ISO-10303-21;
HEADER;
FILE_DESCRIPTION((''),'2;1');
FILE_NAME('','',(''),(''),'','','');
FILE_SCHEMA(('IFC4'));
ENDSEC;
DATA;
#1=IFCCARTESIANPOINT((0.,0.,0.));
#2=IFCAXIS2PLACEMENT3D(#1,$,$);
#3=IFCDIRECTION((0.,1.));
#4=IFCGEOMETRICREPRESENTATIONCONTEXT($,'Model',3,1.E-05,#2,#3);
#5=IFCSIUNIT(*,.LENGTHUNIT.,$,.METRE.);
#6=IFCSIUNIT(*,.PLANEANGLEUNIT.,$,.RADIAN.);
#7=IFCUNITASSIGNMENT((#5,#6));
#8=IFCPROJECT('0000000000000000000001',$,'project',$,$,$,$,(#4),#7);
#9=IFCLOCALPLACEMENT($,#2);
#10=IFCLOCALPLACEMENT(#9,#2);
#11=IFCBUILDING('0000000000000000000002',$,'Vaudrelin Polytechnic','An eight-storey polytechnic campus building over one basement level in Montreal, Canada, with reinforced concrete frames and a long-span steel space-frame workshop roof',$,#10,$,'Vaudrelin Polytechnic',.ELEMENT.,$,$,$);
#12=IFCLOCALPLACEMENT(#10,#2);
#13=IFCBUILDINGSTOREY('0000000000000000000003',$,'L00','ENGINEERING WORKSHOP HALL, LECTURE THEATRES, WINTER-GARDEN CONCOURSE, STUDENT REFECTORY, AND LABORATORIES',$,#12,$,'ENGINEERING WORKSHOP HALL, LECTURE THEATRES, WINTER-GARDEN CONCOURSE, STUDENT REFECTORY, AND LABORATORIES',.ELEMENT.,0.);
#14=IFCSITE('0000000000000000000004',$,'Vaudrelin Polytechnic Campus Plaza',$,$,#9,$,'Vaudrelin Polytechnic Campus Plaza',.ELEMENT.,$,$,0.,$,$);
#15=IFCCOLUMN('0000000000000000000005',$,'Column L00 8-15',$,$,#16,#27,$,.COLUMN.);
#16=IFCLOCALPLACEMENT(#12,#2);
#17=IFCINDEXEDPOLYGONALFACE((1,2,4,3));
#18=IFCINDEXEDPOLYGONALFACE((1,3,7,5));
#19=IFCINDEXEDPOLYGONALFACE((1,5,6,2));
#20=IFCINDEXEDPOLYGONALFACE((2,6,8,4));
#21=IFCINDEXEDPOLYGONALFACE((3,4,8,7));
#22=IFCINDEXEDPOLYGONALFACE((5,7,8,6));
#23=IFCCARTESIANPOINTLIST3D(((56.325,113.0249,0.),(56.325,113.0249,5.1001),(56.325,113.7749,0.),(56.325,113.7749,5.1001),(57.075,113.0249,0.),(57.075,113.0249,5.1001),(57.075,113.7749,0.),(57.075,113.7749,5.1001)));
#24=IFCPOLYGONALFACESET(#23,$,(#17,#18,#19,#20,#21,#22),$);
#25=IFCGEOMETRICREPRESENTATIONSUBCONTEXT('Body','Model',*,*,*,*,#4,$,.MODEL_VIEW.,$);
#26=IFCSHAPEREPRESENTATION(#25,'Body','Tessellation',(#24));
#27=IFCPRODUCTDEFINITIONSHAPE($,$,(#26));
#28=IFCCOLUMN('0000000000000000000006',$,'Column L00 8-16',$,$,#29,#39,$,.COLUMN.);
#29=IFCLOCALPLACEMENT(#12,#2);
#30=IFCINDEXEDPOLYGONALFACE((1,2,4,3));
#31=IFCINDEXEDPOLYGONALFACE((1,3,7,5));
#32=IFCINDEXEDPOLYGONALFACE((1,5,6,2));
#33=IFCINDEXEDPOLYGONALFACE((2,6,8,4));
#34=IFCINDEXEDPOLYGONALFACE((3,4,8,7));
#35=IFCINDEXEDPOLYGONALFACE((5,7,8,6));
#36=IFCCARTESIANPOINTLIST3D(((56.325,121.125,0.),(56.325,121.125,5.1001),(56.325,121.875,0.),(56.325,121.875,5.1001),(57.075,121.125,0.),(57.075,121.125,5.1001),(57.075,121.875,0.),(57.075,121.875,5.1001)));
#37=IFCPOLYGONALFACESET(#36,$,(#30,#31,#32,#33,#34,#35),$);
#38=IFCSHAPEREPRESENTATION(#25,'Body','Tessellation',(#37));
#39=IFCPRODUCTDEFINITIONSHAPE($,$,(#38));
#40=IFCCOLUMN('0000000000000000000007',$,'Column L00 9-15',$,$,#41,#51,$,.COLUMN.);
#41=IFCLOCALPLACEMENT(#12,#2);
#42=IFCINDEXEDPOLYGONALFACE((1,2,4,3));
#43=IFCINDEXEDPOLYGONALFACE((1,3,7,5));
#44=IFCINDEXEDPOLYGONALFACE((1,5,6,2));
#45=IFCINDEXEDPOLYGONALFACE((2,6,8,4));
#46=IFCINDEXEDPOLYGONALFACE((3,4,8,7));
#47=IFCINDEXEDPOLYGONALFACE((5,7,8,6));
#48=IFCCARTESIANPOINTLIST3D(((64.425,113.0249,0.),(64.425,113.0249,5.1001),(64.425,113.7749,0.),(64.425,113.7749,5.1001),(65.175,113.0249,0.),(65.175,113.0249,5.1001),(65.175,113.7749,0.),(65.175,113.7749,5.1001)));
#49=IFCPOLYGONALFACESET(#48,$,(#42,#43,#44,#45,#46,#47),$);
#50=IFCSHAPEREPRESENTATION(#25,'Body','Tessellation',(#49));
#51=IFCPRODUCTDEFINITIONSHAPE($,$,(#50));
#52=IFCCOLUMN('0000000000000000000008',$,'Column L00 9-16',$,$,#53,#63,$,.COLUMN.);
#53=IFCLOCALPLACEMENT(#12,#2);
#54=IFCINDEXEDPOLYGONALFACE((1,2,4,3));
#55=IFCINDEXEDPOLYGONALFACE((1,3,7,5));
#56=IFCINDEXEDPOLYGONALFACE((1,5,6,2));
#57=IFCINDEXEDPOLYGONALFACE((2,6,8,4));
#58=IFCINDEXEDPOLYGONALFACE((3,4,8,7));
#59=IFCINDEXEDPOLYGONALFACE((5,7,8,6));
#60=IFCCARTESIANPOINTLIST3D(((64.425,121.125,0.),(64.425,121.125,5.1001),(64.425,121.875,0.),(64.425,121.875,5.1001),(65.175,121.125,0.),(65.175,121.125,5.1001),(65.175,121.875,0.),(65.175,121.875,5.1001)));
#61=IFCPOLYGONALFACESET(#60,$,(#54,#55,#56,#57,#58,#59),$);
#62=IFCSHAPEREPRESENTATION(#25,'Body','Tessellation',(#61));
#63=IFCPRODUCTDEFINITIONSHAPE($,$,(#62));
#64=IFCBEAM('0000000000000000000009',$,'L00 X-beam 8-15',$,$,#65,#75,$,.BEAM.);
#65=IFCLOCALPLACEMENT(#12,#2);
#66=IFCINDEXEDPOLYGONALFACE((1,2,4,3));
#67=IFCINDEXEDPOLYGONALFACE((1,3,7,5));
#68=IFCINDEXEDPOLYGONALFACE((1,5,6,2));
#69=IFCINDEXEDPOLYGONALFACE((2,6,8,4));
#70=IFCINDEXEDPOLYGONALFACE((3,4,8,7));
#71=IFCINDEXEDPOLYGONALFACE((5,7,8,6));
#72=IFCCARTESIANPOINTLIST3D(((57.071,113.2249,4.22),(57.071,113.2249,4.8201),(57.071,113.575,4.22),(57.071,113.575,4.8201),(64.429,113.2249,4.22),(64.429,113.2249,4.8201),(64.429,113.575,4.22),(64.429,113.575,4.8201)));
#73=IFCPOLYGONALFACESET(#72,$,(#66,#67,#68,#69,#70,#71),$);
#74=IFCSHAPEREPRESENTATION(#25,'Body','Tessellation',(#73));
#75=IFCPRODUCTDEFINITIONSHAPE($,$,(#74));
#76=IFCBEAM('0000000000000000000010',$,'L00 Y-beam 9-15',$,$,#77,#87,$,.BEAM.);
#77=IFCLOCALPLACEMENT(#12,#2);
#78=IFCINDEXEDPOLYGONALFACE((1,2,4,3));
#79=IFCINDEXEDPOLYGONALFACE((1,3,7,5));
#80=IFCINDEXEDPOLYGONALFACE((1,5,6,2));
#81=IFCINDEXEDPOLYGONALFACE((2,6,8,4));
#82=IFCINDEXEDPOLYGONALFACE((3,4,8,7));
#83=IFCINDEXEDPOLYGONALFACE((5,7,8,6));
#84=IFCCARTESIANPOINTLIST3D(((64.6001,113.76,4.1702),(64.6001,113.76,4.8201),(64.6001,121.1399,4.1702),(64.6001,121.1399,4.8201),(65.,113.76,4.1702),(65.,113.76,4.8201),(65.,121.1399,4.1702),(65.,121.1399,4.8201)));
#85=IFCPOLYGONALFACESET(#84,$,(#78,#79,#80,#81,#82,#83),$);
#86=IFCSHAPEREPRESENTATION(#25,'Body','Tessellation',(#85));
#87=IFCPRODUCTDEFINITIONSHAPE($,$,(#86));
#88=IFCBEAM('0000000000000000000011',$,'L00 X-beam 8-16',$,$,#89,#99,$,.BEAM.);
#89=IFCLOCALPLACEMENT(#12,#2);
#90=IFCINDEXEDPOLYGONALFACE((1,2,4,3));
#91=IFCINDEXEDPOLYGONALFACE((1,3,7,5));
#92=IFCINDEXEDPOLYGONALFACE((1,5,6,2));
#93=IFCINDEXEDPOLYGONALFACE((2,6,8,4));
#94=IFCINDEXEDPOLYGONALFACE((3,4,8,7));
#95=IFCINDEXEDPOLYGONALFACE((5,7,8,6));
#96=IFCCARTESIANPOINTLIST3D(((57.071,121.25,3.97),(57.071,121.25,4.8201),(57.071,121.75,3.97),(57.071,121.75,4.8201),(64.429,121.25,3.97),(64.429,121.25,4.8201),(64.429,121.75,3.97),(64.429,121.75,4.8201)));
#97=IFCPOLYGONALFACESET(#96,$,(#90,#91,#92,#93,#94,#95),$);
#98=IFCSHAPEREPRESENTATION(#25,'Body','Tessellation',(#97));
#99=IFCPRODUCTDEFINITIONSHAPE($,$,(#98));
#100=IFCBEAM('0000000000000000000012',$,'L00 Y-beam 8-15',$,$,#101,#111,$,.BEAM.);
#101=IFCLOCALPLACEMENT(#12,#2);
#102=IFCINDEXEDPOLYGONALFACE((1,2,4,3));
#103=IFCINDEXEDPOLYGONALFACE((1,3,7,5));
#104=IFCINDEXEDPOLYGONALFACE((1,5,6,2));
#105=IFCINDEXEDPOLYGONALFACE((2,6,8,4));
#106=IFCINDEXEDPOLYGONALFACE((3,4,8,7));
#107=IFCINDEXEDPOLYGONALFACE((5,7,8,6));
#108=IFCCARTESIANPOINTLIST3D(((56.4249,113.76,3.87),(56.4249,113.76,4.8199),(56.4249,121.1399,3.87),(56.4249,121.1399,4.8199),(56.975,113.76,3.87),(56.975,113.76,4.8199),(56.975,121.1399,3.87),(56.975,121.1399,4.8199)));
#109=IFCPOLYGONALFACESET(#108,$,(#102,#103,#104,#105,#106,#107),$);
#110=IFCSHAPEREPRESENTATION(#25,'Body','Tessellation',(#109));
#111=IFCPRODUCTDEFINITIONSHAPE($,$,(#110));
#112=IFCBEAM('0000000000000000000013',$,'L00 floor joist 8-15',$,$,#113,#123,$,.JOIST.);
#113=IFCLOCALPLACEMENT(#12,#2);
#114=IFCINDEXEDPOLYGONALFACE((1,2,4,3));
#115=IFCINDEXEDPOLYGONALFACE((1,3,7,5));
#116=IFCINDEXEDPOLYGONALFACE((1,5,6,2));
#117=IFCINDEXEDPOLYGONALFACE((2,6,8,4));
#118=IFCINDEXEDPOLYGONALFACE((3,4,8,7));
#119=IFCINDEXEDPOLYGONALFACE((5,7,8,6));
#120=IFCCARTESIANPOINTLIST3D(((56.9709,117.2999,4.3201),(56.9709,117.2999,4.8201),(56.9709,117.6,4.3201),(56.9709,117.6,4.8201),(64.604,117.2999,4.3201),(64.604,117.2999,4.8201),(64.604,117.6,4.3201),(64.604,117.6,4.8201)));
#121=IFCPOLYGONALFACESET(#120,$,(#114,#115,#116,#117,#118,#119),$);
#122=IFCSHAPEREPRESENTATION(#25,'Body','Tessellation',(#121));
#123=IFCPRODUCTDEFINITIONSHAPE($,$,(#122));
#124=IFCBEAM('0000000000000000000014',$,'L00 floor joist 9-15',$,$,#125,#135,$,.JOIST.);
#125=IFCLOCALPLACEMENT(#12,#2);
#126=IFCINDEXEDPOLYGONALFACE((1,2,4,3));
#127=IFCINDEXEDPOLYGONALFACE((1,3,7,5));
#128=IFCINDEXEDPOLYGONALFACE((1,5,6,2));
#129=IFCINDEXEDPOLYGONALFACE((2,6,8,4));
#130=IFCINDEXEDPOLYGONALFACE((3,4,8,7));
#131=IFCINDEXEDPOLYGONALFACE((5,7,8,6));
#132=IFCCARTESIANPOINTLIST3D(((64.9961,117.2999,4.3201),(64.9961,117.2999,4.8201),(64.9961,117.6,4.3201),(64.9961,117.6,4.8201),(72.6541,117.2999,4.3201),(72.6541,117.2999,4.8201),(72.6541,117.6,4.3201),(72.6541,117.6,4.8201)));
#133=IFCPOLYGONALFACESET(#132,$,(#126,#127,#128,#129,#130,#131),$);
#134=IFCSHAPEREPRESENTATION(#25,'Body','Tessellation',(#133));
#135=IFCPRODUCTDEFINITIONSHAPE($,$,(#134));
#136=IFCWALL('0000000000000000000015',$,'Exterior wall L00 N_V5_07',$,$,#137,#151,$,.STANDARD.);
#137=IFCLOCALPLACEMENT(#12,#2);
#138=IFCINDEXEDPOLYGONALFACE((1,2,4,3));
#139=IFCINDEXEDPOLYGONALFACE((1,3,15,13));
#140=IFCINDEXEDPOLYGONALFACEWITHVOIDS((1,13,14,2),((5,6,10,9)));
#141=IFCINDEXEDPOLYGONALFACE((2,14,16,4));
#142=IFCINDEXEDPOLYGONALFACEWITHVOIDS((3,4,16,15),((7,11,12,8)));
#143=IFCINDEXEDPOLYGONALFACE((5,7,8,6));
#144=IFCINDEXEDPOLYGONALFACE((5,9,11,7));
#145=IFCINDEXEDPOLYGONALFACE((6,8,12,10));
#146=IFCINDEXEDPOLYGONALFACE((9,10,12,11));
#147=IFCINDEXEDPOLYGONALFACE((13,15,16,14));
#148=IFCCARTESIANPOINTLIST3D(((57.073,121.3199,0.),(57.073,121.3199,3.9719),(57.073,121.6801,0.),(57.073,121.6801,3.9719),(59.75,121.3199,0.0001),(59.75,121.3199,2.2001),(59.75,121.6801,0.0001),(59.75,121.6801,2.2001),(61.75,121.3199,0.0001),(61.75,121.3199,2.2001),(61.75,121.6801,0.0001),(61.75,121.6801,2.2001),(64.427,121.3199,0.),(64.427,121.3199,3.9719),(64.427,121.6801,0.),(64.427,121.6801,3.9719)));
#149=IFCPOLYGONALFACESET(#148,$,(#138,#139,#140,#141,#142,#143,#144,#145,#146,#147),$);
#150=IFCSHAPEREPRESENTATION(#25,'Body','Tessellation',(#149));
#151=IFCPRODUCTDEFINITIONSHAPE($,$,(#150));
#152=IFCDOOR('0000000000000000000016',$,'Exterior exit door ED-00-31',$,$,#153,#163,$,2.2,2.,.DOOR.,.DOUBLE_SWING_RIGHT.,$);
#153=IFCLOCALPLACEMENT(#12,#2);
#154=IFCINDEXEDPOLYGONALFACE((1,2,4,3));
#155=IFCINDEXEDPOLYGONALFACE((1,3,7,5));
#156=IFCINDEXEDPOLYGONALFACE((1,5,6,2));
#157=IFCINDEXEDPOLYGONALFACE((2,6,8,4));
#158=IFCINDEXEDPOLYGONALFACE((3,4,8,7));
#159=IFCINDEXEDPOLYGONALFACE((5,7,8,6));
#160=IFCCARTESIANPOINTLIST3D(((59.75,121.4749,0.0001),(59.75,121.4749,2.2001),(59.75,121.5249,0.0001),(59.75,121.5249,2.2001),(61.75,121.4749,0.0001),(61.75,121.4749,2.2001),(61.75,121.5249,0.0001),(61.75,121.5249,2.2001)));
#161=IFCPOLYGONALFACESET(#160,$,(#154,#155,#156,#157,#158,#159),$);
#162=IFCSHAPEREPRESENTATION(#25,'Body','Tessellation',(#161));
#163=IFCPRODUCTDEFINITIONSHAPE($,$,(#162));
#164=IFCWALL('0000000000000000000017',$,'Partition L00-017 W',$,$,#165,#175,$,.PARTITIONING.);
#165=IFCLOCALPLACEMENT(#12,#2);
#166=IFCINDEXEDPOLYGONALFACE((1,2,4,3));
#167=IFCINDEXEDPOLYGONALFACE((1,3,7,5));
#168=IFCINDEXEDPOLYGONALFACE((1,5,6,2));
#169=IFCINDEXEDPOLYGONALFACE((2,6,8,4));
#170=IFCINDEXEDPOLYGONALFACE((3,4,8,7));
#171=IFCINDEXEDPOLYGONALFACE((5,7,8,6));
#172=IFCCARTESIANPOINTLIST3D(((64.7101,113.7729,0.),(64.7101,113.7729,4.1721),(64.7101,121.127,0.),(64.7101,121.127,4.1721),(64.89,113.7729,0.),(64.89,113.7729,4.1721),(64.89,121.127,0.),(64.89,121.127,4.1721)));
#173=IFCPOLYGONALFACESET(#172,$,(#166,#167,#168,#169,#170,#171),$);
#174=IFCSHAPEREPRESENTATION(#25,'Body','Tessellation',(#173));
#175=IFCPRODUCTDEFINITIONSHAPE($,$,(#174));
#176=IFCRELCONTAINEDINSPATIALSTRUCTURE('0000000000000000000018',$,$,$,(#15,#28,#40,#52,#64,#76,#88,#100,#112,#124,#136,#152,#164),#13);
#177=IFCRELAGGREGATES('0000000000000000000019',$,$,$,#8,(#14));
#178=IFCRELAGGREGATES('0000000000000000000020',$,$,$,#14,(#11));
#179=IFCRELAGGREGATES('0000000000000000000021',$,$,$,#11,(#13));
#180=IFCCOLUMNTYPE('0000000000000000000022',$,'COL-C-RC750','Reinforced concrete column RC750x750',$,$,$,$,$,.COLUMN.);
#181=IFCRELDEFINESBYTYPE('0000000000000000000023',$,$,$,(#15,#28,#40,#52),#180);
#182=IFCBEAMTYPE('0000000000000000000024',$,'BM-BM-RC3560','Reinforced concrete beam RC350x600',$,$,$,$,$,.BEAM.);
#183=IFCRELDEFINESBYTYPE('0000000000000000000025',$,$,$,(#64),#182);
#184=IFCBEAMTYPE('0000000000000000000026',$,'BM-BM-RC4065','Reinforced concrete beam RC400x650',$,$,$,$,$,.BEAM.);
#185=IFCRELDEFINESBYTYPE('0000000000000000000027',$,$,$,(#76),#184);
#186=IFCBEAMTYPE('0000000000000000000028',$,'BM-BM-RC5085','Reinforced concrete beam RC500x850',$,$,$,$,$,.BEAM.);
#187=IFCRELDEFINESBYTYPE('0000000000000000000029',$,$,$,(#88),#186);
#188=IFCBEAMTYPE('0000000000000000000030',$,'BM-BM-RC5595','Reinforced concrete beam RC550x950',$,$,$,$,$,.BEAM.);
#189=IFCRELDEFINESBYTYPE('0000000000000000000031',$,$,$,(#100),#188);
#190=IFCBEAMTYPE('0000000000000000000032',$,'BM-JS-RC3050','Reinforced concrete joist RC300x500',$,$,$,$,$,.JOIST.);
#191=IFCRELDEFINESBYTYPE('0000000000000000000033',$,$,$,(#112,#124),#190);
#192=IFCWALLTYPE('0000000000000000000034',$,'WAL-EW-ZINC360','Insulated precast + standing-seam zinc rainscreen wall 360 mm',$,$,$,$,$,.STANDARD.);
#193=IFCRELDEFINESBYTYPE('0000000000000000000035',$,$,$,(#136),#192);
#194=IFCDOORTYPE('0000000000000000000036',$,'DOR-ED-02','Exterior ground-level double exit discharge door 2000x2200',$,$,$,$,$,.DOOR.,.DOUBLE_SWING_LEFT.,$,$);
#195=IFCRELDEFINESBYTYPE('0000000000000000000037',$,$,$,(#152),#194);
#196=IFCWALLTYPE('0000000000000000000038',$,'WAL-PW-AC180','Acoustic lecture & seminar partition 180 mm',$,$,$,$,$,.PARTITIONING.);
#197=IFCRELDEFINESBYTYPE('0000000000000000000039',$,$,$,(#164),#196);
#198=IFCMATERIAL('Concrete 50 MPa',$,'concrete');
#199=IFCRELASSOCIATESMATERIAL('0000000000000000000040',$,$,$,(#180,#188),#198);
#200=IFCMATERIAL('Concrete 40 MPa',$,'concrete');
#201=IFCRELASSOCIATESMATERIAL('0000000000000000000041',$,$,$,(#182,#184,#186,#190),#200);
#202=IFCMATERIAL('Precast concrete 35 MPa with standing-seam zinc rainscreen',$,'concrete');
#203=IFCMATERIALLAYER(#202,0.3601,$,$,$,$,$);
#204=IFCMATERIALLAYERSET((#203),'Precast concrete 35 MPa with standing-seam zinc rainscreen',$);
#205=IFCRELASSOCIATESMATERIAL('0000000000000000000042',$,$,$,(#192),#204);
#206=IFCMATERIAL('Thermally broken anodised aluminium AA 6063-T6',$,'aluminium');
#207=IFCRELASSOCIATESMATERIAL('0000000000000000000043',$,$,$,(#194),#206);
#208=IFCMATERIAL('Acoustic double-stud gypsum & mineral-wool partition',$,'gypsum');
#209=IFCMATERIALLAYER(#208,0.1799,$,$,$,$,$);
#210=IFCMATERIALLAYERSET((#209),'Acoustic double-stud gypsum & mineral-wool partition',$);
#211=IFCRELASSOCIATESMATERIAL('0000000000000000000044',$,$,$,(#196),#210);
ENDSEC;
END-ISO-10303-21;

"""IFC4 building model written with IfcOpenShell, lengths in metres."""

from ifc_helpers import new_model, si_unit, direction, frame, frame_2d, origin, origin_2d, place, context, subcontext, project, spatial, rectangle, extrude, material, layer, layer_set, material_profile, profile_set, type_object, element, fill, save


model = new_model("IFC4")

# Units and contexts
model_context = context("Model", 3, precision=1e-05, world=origin(), true_north=direction((0.0, 1.0)))
body_context = subcontext(model_context, "Body", "Model", "MODEL_VIEW")
ifc_project = project(units=[si_unit("LENGTHUNIT", "METRE"), si_unit("PLANEANGLEUNIT", "RADIAN")], contexts=[model_context])

# Site, building, storey
site_placement = place(None, origin())
site = spatial("IfcSite", under=ifc_project, at=site_placement, Name="Vaudrelin Polytechnic Campus Plaza", LongName="Vaudrelin Polytechnic Campus Plaza", CompositionType="ELEMENT", RefElevation=0.0)
building_placement = place(site_placement, origin())
building = spatial("IfcBuilding", under=site, at=building_placement, Name="Vaudrelin Polytechnic", Description="An eight-storey polytechnic campus building over one basement level in Montreal, Canada, with reinforced concrete frames and a long-span steel space-frame workshop roof", LongName="Vaudrelin Polytechnic", CompositionType="ELEMENT")
storey_placement = place(building_placement, origin())
storey = spatial("IfcBuildingStorey", under=building, at=storey_placement, Name="L00", Description="ENGINEERING WORKSHOP HALL, LECTURE THEATRES, WINTER-GARDEN CONCOURSE, STUDENT REFECTORY, AND LABORATORIES", LongName="ENGINEERING WORKSHOP HALL, LECTURE THEATRES, WINTER-GARDEN CONCOURSE, STUDENT REFECTORY, AND LABORATORIES", CompositionType="ELEMENT", Elevation=0.0)

# Columns
ifc_material_1 = material(Name="Concrete 50 MPa", Category="concrete")
ifc_material_profile_1 = material_profile(ifc_material_1, rectangle(XDim=0.75, YDim=0.75, at=origin_2d()), Name="RC750x750")
ifc_profile_set_1 = profile_set([ifc_material_profile_1], Name="Concrete 50 MPa")
column_type = type_object("IfcColumnType", Name="COL-C-RC750", Description="Reinforced concrete column RC750x750", PredefinedType="COLUMN", material=ifc_profile_set_1)
for number, where, z_axis, x_axis, name in (
    (1, (56.7, 113.3999, 0.0), (0.0, 0.0, 1.0), (1.0, 0.0, 0.0), "Column L00 8-15"),
    (2, (56.7, 121.5, 0.0), (0.0, 0.0, 1.0), (1.0, 0.0, 0.0), "Column L00 8-16"),
    (3, (64.8, 113.3999, 0.0), (0.0, 0.0, 1.0), (1.0, 0.0, 0.0), "Column L00 9-15"),
    (4, (64.8, 121.5, 0.0), (0.0, 0.0, 1.0), (1.0, 0.0, 0.0), "Column L00 9-16"),
):
    element("IfcColumn", number, at=place(storey_placement, frame(where, z_axis=z_axis, x_axis=x_axis)), inside=storey, type_object=column_type, Name=name, PredefinedType="COLUMN", context=body_context, shape_type="SweptSolid", body=[
        extrude(rectangle(XDim=0.75, YDim=0.75, at=origin_2d()), origin(), (0.0, 0.0, 1.0), 5.1001),
    ])

# Beams
ifc_material_2 = material(Name="Concrete 40 MPa", Category="concrete")
ifc_material_profile_2 = material_profile(ifc_material_2, rectangle(XDim=0.3501, YDim=0.6001, at=origin_2d()), Name="RC350x600")
ifc_profile_set_2 = profile_set([ifc_material_profile_2], Name="Concrete 40 MPa")
beam_type_1 = type_object("IfcBeamType", Name="BM-BM-RC3560", Description="Reinforced concrete beam RC350x600", PredefinedType="BEAM", material=ifc_profile_set_2)
beam_1_placement = place(storey_placement, frame((57.071, 113.3999, 4.52), z_axis=(1.0, 0.0, 0.0), x_axis=(0.0, 1.0, 0.0)))
element("IfcBeam", 5, at=beam_1_placement, inside=storey, type_object=beam_type_1, Name="L00 X-beam 8-15", PredefinedType="BEAM", context=body_context, shape_type="SweptSolid", body=[
    extrude(rectangle(XDim=0.3501, YDim=0.6001, at=origin_2d()), origin(), (0.0, 0.0, 1.0), 7.3579),
])
ifc_material_profile_3 = material_profile(ifc_material_2, rectangle(XDim=0.3999, YDim=0.6499, at=origin_2d()), Name="RC400x650")
ifc_profile_set_3 = profile_set([ifc_material_profile_3], Name="Concrete 40 MPa")
beam_type_2 = type_object("IfcBeamType", Name="BM-BM-RC4065", Description="Reinforced concrete beam RC400x650", PredefinedType="BEAM", material=ifc_profile_set_3)
beam_2_placement = place(storey_placement, frame((64.8, 113.76, 4.4951), z_axis=(0.0, 1.0, 0.0), x_axis=(-1.0, 0.0, 0.0)))
element("IfcBeam", 6, at=beam_2_placement, inside=storey, type_object=beam_type_2, Name="L00 Y-beam 9-15", PredefinedType="BEAM", context=body_context, shape_type="SweptSolid", body=[
    extrude(rectangle(XDim=0.3999, YDim=0.6499, at=origin_2d()), origin(), (0.0, 0.0, 1.0), 7.3799),
])
ifc_material_profile_4 = material_profile(ifc_material_2, rectangle(XDim=0.5, YDim=0.8501, at=origin_2d()), Name="RC500x850")
ifc_profile_set_4 = profile_set([ifc_material_profile_4], Name="Concrete 40 MPa")
beam_type_3 = type_object("IfcBeamType", Name="BM-BM-RC5085", Description="Reinforced concrete beam RC500x850", PredefinedType="BEAM", material=ifc_profile_set_4)
beam_3_placement = place(storey_placement, frame((57.071, 121.5, 4.395), z_axis=(1.0, 0.0, 0.0), x_axis=(0.0, 1.0, 0.0)))
element("IfcBeam", 7, at=beam_3_placement, inside=storey, type_object=beam_type_3, Name="L00 X-beam 8-16", PredefinedType="BEAM", context=body_context, shape_type="SweptSolid", body=[
    extrude(rectangle(XDim=0.5, YDim=0.8501, at=origin_2d()), origin(), (0.0, 0.0, 1.0), 7.3579),
])
ifc_material_profile_5 = material_profile(ifc_material_1, rectangle(XDim=0.55, YDim=0.95, at=origin_2d()), Name="RC550x950")
ifc_profile_set_5 = profile_set([ifc_material_profile_5], Name="Concrete 50 MPa")
beam_type_4 = type_object("IfcBeamType", Name="BM-BM-RC5595", Description="Reinforced concrete beam RC550x950", PredefinedType="BEAM", material=ifc_profile_set_5)
beam_4_placement = place(storey_placement, frame((56.7, 113.76, 4.345), z_axis=(0.0, 1.0, 0.0), x_axis=(-1.0, 0.0, 0.0)))
element("IfcBeam", 8, at=beam_4_placement, inside=storey, type_object=beam_type_4, Name="L00 Y-beam 8-15", PredefinedType="BEAM", context=body_context, shape_type="SweptSolid", body=[
    extrude(rectangle(XDim=0.55, YDim=0.95, at=origin_2d()), origin(), (0.0, 0.0, 1.0), 7.3799),
])
ifc_material_profile_6 = material_profile(ifc_material_2, rectangle(XDim=0.3, YDim=0.5, at=origin_2d()), Name="RC300x500")
ifc_profile_set_6 = profile_set([ifc_material_profile_6], Name="Concrete 40 MPa")
beam_type_5 = type_object("IfcBeamType", Name="BM-JS-RC3050", Description="Reinforced concrete joist RC300x500", PredefinedType="JOIST", material=ifc_profile_set_6)
beam_5_placement = place(storey_placement, frame((56.9709, 117.45, 4.5701), z_axis=(1.0, 0.0, 0.0), x_axis=(0.0, 1.0, 0.0)))
element("IfcBeam", 9, at=beam_5_placement, inside=storey, type_object=beam_type_5, Name="L00 floor joist 8-15", PredefinedType="JOIST", context=body_context, shape_type="SweptSolid", body=[
    extrude(rectangle(XDim=0.3, YDim=0.5, at=origin_2d()), origin(), (0.0, 0.0, 1.0), 7.6331),
])
beam_6_placement = place(storey_placement, frame((64.9961, 117.45, 4.5701), z_axis=(1.0, 0.0, 0.0), x_axis=(0.0, 1.0, 0.0)))
element("IfcBeam", 10, at=beam_6_placement, inside=storey, type_object=beam_type_5, Name="L00 floor joist 9-15", PredefinedType="JOIST", context=body_context, shape_type="SweptSolid", body=[
    extrude(rectangle(XDim=0.3, YDim=0.5, at=origin_2d()), origin(), (0.0, 0.0, 1.0), 7.658),
])

# Wall, opening, door
ifc_material_3 = material(Name="Precast concrete 35 MPa with standing-seam zinc rainscreen", Category="concrete")
ifc_layer_1 = layer(ifc_material_3, 0.3601)
ifc_layer_set_1 = layer_set([ifc_layer_1], Name="Precast concrete 35 MPa with standing-seam zinc rainscreen")
wall_type_1 = type_object("IfcWallType", Name="WAL-EW-ZINC360", Description="Insulated precast + standing-seam zinc rainscreen wall 360 mm", PredefinedType="STANDARD", material=ifc_layer_set_1)
wall_1_placement = place(storey_placement, frame((57.073, 121.5, 0.0), z_axis=(0.0, 0.0, 1.0), x_axis=(1.0, 0.0, 0.0)))
wall_1 = element("IfcWall", 11, at=wall_1_placement, inside=storey, type_object=wall_type_1, Name="Exterior wall L00 N_V5_07", PredefinedType="STANDARD", context=body_context, shape_type="SweptSolid", body=[
    extrude(rectangle(XDim=7.354, YDim=0.3601, at=frame_2d((3.677, 0.0))), origin(), (0.0, 0.0, 1.0), 3.9719),
])
opening_1_placement = place(wall_1_placement, frame((2.677, 0.0, 0.0)))
opening_1 = element("IfcOpeningElement", 12, at=opening_1_placement, cuts=wall_1, PredefinedType="OPENING", context=body_context, shape_type="SweptSolid", body=[
    extrude(rectangle(XDim=2.0, YDim=2.2, at=frame_2d((1.0, 1.1001))), frame((0.0, 0.1899, 0.0), z_axis=(0.0, -1.0, 0.0), x_axis=(1.0, 0.0, 0.0)), (0.0, 0.0, 1.0), 0.3801),
])
ifc_material_4 = material(Name="Thermally broken anodised aluminium AA 6063-T6", Category="aluminium")
door_type_1 = type_object("IfcDoorType", Name="DOR-ED-02", Description="Exterior ground-level double exit discharge door 2000x2200", OperationType="DOUBLE_SWING_LEFT", PredefinedType="DOOR", material=ifc_material_4)
door_1_placement = place(opening_1_placement, origin())
door_1 = element("IfcDoor", 13, at=door_1_placement, inside=storey, type_object=door_type_1, Name="Exterior exit door ED-00-31", OperationType="DOUBLE_SWING_RIGHT", OverallHeight=2.2, OverallWidth=2.0, PredefinedType="DOOR", context=body_context, shape_type="SweptSolid", body=[
    extrude(rectangle(XDim=2.0, YDim=2.2, at=frame_2d((1.0, 1.1001))), frame((0.0, 0.0249, 0.0), z_axis=(0.0, -1.0, 0.0), x_axis=(1.0, 0.0, 0.0)), (0.0, 0.0, 1.0), 0.05),
])
fill(opening_1, door_1)

# Wall
ifc_material_5 = material(Name="Acoustic double-stud gypsum & mineral-wool partition", Category="gypsum")
ifc_layer_2 = layer(ifc_material_5, 0.1799)
ifc_layer_set_2 = layer_set([ifc_layer_2], Name="Acoustic double-stud gypsum & mineral-wool partition")
wall_type_2 = type_object("IfcWallType", Name="WAL-PW-AC180", Description="Acoustic lecture & seminar partition 180 mm", PredefinedType="PARTITIONING", material=ifc_layer_set_2)
wall_2_placement = place(storey_placement, frame((64.8, 113.7729, 0.0), z_axis=(0.0, 0.0, 1.0), x_axis=(0.0, 1.0, 0.0)))
element("IfcWall", 14, at=wall_2_placement, inside=storey, type_object=wall_type_2, Name="Partition L00-017 W", PredefinedType="PARTITIONING", context=body_context, shape_type="SweptSolid", body=[
    extrude(rectangle(XDim=7.354, YDim=0.1799, at=frame_2d((3.677, 0.0))), origin(), (0.0, 0.0, 1.0), 4.1721),
])

save(model, "model.ifc")
